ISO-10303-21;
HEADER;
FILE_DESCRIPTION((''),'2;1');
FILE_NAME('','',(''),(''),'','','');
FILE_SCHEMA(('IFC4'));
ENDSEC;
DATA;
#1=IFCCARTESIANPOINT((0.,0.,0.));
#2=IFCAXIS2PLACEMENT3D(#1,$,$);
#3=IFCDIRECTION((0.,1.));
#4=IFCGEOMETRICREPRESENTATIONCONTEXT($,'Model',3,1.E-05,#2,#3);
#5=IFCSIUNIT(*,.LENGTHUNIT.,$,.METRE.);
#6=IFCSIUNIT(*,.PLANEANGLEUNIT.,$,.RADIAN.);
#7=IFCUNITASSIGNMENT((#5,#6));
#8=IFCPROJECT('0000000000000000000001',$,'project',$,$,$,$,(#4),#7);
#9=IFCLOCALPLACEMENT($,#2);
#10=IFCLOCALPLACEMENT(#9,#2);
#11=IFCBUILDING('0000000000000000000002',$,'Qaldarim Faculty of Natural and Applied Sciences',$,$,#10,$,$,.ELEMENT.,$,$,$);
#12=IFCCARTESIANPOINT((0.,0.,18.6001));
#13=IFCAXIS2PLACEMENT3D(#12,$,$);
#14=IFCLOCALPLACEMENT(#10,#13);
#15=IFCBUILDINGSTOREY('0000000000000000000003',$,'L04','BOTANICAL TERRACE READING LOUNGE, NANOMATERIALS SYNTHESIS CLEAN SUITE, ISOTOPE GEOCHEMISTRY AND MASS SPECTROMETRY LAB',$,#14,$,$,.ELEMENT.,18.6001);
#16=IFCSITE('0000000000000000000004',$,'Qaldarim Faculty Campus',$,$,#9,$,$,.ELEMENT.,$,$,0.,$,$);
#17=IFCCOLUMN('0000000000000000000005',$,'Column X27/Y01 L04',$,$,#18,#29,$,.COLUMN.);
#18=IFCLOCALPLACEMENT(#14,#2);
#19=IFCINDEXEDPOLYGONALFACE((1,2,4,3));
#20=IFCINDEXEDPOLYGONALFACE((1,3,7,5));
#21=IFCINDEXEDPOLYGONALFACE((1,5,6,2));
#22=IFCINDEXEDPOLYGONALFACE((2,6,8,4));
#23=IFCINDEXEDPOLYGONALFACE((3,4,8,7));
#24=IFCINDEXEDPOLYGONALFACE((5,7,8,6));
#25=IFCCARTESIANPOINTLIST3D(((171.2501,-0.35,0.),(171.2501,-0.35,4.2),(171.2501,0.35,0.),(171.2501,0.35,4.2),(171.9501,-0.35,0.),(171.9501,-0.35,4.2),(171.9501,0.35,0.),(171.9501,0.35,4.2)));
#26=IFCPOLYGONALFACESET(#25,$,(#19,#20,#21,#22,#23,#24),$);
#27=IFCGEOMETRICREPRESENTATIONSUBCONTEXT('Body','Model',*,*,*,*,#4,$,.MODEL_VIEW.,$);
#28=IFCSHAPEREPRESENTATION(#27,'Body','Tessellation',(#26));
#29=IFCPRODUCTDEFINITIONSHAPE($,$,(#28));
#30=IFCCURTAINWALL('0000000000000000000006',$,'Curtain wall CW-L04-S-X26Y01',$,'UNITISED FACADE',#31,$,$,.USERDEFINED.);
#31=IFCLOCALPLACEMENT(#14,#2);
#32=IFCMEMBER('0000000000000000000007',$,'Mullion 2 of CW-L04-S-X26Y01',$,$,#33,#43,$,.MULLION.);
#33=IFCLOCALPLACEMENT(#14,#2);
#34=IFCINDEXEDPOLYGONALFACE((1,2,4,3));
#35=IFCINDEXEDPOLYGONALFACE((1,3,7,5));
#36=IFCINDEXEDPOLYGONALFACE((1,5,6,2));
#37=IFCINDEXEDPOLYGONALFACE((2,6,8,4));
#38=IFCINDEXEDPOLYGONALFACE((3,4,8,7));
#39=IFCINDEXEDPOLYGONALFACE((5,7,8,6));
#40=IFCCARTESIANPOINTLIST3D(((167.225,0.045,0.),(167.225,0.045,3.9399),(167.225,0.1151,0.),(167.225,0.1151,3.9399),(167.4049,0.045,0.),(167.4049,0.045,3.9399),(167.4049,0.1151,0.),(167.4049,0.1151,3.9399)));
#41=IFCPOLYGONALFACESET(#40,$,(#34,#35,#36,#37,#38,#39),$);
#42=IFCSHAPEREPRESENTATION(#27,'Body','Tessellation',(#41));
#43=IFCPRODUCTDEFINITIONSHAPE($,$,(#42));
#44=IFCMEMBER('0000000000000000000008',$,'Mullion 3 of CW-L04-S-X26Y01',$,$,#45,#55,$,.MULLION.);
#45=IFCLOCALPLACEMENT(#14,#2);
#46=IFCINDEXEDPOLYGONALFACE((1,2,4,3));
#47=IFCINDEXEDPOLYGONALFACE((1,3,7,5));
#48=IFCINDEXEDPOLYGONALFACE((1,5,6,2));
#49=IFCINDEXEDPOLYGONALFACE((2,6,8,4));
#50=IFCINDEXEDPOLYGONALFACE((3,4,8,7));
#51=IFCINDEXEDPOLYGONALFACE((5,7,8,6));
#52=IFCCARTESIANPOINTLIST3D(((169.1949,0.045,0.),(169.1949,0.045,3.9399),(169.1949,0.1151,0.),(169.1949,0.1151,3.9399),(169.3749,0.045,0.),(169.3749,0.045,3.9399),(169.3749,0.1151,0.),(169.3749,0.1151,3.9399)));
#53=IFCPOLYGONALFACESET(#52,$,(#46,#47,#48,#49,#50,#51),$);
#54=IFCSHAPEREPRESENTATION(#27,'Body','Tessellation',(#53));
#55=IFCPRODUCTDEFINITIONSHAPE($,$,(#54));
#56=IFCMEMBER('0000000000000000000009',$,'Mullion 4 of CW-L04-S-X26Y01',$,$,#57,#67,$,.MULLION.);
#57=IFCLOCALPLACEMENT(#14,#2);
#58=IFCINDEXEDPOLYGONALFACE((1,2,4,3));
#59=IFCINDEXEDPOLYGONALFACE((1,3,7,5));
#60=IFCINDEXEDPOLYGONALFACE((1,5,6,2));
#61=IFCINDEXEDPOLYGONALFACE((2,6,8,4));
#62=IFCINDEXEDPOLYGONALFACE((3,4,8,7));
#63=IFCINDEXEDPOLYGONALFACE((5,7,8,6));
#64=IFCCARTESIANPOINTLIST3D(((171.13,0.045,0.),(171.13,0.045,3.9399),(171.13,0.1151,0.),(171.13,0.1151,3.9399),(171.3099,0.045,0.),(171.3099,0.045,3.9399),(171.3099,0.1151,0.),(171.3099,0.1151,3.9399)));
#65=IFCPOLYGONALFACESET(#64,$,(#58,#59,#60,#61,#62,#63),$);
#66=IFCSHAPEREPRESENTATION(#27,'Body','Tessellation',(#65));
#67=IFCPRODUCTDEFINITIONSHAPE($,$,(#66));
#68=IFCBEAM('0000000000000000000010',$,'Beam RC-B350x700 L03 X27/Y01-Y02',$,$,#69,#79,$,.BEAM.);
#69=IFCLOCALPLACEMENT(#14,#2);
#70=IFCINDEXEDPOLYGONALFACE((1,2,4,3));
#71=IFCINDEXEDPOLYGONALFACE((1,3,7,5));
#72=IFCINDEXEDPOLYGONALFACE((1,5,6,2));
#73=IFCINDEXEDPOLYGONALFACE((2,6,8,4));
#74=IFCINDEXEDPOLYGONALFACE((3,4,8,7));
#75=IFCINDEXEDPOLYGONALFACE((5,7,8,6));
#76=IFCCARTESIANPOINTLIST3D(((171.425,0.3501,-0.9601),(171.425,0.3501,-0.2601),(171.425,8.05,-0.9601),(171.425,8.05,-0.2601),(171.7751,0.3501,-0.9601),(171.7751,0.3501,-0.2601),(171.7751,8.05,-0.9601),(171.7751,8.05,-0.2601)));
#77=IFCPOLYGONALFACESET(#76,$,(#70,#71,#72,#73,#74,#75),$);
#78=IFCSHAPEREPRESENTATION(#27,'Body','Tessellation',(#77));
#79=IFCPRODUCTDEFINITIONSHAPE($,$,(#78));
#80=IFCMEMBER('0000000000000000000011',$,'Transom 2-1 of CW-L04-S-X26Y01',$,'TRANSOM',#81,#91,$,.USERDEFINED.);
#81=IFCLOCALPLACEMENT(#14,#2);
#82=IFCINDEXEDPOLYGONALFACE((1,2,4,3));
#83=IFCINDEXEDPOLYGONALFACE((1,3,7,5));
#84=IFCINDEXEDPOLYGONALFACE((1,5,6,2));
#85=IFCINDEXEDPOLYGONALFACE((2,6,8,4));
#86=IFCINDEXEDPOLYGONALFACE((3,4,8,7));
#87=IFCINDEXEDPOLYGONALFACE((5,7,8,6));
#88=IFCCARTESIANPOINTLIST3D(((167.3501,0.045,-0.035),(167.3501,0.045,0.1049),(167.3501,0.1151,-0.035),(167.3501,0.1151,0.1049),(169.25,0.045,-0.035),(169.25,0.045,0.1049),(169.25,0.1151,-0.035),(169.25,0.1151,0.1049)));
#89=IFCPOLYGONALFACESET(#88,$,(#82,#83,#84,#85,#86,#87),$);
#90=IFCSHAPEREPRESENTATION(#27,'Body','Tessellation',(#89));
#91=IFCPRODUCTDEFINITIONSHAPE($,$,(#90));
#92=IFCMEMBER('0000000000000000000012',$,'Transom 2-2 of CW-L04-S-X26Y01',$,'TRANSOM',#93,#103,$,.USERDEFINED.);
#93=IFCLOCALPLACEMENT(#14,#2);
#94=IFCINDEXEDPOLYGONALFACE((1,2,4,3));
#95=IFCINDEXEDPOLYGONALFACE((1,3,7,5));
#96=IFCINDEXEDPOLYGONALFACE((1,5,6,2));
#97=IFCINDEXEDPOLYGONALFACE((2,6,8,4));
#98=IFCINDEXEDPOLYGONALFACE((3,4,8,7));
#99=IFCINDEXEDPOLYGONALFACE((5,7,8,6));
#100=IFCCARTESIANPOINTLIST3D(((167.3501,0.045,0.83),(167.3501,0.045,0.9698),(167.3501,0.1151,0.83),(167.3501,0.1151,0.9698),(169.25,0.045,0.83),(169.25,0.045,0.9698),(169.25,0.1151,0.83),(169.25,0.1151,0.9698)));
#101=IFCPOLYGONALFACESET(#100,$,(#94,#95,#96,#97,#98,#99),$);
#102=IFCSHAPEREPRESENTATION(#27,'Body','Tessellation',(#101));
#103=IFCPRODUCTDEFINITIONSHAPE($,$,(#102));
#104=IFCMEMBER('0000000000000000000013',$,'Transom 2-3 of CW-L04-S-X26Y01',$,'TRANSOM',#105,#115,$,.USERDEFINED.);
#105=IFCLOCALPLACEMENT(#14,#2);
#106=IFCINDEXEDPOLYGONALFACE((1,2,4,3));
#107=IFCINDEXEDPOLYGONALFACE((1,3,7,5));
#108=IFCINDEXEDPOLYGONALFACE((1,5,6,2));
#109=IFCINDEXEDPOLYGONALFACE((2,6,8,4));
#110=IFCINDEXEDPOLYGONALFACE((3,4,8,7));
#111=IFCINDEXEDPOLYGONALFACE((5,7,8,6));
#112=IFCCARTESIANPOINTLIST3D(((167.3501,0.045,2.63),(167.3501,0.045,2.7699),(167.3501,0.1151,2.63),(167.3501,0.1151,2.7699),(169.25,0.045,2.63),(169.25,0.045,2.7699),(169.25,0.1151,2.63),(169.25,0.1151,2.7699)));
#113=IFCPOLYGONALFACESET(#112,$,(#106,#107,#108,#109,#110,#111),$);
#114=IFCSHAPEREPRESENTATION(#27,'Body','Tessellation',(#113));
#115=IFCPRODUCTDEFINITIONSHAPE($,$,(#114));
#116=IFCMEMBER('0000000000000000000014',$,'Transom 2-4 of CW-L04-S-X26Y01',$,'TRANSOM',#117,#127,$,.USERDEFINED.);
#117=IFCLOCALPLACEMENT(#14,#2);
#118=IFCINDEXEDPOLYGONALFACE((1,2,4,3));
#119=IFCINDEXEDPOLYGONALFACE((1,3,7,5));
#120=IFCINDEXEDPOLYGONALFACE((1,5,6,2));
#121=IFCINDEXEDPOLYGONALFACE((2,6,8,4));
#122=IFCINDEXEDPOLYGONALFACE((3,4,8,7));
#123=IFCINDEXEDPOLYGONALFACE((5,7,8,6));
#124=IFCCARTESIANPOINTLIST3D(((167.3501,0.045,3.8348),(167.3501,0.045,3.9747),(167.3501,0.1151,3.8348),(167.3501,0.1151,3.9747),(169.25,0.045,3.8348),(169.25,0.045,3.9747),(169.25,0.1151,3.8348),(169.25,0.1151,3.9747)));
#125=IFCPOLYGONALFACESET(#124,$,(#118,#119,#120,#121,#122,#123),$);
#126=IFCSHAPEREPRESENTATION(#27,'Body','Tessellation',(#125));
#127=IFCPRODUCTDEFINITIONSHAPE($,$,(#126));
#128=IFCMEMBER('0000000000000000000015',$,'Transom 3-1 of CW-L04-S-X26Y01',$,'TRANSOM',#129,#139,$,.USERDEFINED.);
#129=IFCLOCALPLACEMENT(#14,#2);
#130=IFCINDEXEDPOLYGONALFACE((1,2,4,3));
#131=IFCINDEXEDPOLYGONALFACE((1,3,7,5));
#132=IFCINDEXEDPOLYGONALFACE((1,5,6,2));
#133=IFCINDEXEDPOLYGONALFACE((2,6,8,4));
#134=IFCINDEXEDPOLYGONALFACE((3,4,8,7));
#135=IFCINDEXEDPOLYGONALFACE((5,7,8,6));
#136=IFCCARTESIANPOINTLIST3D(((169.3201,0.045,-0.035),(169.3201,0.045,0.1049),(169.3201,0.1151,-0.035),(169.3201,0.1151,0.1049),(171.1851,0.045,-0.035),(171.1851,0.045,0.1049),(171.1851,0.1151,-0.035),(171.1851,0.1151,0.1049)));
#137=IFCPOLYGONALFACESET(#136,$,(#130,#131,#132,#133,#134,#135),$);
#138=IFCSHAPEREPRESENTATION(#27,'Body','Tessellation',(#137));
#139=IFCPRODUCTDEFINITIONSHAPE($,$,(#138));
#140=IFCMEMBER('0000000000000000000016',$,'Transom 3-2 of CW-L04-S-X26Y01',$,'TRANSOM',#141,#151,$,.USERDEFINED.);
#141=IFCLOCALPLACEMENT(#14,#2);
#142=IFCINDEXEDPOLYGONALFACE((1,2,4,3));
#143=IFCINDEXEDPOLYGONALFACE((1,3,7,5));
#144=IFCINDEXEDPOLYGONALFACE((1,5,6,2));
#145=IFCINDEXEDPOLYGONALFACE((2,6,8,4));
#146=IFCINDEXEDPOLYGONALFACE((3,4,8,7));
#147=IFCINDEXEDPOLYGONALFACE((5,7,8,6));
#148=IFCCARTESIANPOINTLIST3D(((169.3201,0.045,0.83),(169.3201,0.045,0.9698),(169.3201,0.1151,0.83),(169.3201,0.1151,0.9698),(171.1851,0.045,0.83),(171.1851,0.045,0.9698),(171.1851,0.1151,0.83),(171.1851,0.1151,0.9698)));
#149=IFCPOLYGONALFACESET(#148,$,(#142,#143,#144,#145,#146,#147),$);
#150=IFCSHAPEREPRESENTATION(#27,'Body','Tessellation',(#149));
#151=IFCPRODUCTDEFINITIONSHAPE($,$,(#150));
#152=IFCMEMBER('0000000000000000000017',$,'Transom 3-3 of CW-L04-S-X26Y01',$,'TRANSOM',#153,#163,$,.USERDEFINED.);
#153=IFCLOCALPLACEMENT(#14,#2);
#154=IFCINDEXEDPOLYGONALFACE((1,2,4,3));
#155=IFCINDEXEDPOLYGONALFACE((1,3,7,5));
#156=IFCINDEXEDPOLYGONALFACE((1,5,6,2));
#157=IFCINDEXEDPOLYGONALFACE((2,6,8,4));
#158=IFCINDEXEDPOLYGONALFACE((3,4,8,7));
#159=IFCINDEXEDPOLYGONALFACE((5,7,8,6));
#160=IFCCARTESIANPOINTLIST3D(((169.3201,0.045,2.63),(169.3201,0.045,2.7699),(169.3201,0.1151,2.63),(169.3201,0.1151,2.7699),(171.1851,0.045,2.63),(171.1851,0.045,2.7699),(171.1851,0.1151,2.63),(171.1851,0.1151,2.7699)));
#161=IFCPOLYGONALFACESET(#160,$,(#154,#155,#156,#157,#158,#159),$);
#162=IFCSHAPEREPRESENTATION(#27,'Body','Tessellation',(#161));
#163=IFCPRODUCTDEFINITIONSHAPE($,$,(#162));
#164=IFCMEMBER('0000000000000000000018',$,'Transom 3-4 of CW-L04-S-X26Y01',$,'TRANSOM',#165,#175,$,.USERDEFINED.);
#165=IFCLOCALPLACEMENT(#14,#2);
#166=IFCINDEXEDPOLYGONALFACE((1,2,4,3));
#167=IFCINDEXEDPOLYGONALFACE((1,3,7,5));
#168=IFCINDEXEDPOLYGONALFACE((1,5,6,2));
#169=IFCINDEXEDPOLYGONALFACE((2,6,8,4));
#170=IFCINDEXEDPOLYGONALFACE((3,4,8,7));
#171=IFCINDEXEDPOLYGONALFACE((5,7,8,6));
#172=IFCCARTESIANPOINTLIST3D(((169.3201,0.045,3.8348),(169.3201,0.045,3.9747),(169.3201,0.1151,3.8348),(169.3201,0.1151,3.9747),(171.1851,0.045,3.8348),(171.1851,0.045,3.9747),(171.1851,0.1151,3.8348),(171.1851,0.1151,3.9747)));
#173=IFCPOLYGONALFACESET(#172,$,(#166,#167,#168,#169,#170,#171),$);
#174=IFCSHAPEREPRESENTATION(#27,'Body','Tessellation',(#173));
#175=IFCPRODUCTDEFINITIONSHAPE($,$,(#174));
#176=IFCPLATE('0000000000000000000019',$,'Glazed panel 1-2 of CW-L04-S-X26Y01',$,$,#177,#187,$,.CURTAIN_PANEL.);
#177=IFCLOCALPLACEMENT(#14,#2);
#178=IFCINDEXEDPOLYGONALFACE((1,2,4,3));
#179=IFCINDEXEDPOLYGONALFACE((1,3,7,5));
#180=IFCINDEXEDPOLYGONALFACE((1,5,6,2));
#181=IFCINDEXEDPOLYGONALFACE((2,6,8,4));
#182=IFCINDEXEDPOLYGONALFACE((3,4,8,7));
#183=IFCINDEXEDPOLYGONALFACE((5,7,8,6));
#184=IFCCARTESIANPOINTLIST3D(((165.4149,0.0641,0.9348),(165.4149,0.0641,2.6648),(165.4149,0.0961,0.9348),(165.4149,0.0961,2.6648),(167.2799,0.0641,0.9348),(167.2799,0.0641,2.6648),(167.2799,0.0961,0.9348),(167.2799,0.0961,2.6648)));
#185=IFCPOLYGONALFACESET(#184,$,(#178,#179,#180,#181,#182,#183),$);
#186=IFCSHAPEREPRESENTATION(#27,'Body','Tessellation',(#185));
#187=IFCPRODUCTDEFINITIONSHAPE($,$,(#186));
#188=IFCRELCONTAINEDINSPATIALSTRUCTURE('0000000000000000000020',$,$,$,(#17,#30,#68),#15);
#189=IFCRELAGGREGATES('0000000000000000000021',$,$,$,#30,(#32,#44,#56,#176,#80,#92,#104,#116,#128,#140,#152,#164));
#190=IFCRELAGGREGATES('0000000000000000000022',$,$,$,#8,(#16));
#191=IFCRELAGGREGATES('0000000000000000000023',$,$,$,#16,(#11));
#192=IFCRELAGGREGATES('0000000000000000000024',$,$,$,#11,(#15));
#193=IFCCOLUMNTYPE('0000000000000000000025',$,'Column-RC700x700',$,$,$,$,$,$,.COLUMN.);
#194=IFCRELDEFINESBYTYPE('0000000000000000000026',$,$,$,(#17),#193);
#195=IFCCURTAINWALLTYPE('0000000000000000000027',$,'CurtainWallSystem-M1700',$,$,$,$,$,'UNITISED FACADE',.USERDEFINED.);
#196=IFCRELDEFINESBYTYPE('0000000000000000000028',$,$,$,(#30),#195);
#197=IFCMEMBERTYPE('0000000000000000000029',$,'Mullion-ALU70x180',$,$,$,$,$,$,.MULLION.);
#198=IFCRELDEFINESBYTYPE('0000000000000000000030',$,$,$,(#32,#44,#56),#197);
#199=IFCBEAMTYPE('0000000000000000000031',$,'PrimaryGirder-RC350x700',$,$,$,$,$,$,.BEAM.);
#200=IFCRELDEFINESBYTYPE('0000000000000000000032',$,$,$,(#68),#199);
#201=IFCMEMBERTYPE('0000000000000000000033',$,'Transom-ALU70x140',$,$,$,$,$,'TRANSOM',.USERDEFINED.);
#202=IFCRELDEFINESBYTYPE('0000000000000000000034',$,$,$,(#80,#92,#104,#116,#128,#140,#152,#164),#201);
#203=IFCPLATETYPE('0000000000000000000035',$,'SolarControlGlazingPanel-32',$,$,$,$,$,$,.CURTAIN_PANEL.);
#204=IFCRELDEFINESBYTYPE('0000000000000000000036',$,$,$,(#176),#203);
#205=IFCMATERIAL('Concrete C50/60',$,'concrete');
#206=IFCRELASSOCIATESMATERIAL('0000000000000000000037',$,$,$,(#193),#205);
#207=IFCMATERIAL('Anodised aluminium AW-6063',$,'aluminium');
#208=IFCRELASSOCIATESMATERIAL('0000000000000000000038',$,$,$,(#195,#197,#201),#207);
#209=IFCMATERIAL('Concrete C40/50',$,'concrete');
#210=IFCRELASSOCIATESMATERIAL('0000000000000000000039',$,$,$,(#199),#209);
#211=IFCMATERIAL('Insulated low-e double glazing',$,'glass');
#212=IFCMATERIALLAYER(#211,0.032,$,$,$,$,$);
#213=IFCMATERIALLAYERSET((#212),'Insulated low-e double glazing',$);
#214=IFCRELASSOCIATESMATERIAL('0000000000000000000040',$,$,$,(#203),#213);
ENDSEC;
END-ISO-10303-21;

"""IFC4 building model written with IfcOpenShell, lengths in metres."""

from ifc_helpers import new_model, si_unit, direction, frame, origin, origin_2d, place, context, subcontext, project, spatial, rectangle, extrude, material, layer, layer_set, material_profile, profile_set, type_object, element, aggregate, save


model = new_model("IFC4")

# Units and contexts
model_context = context("Model", 3, precision=1e-05, world=origin(), true_north=direction((0.0, 1.0)))
body_context = subcontext(model_context, "Body", "Model", "MODEL_VIEW")
ifc_project = project(units=[si_unit("LENGTHUNIT", "METRE"), si_unit("PLANEANGLEUNIT", "RADIAN")], contexts=[model_context])

# Site, building, storey
site_placement = place(None, origin())
site = spatial("IfcSite", under=ifc_project, at=site_placement, Name="Qaldarim Faculty Campus", CompositionType="ELEMENT", RefElevation=0.0)
building_placement = place(site_placement, origin())
building = spatial("IfcBuilding", under=site, at=building_placement, Name="Qaldarim Faculty of Natural and Applied Sciences", CompositionType="ELEMENT")
storey_placement = place(building_placement, frame((0.0, 0.0, 18.6001)))
storey = spatial("IfcBuildingStorey", under=building, at=storey_placement, Name="L04", Description="BOTANICAL TERRACE READING LOUNGE, NANOMATERIALS SYNTHESIS CLEAN SUITE, ISOTOPE GEOCHEMISTRY AND MASS SPECTROMETRY LAB", CompositionType="ELEMENT", Elevation=18.6001)

# Column
ifc_material_1 = material(Name="Concrete C50/60", Category="concrete")
ifc_material_profile_1 = material_profile(ifc_material_1, rectangle(XDim=0.7, YDim=0.7, at=origin_2d()), Name="RC-C700x700")
ifc_profile_set_1 = profile_set([ifc_material_profile_1], Name="Concrete C50/60")
column_type = type_object("IfcColumnType", Name="Column-RC700x700", PredefinedType="COLUMN", material=ifc_profile_set_1)
column_placement = place(storey_placement, frame((171.6001, 0.0, 0.0), z_axis=(0.0, 0.0, 1.0), x_axis=(1.0, 0.0, 0.0)))
element("IfcColumn", 1, at=column_placement, inside=storey, type_object=column_type, Name="Column X27/Y01 L04", PredefinedType="COLUMN", context=body_context, shape_type="SweptSolid", body=[
    extrude(rectangle(XDim=0.7, YDim=0.7, at=origin_2d()), origin(), (0.0, 0.0, 1.0), 4.2),
])

# Curtain wall, members
ifc_material_2 = material(Name="Anodised aluminium AW-6063", Category="aluminium")
curtain_wall_type = type_object("IfcCurtainWallType", Name="CurtainWallSystem-M1700", ElementType="UNITISED FACADE", PredefinedType="USERDEFINED", material=ifc_material_2)
curtain_wall_placement = place(storey_placement, origin())
curtain_wall = element("IfcCurtainWall", 2, at=curtain_wall_placement, inside=storey, type_object=curtain_wall_type, Name="Curtain wall CW-L04-S-X26Y01", ObjectType="UNITISED FACADE", PredefinedType="USERDEFINED")
ifc_material_profile_2 = material_profile(ifc_material_2, rectangle(XDim=0.0701, YDim=0.1799, at=origin_2d()), Name="ALU-M70x180")
ifc_profile_set_2 = profile_set([ifc_material_profile_2], Name="Anodised aluminium AW-6063")
member_type_1 = type_object("IfcMemberType", Name="Mullion-ALU70x180", PredefinedType="MULLION", material=ifc_profile_set_2)
member_1_placement = place(storey_placement, frame((167.3149, 0.0801, 0.0), z_axis=(0.0, 0.0, 1.0), x_axis=(0.0, 1.0, 0.0)))
member_1 = element("IfcMember", 3, at=member_1_placement, type_object=member_type_1, Name="Mullion 2 of CW-L04-S-X26Y01", PredefinedType="MULLION", context=body_context, shape_type="SweptSolid", body=[
    extrude(rectangle(XDim=0.0701, YDim=0.1799, at=origin_2d()), origin(), (0.0, 0.0, 1.0), 3.9399),
])
member_2_placement = place(storey_placement, frame((169.2849, 0.0801, 0.0), z_axis=(0.0, 0.0, 1.0), x_axis=(0.0, 1.0, 0.0)))
member_2 = element("IfcMember", 4, at=member_2_placement, type_object=member_type_1, Name="Mullion 3 of CW-L04-S-X26Y01", PredefinedType="MULLION", context=body_context, shape_type="SweptSolid", body=[
    extrude(rectangle(XDim=0.0701, YDim=0.1799, at=origin_2d()), origin(), (0.0, 0.0, 1.0), 3.9399),
])
member_3_placement = place(storey_placement, frame((171.22, 0.0801, 0.0), z_axis=(0.0, 0.0, 1.0), x_axis=(0.0, 1.0, 0.0)))
member_3 = element("IfcMember", 5, at=member_3_placement, type_object=member_type_1, Name="Mullion 4 of CW-L04-S-X26Y01", PredefinedType="MULLION", context=body_context, shape_type="SweptSolid", body=[
    extrude(rectangle(XDim=0.0701, YDim=0.1799, at=origin_2d()), origin(), (0.0, 0.0, 1.0), 3.9399),
])

# Beam
ifc_material_3 = material(Name="Concrete C40/50", Category="concrete")
ifc_material_profile_3 = material_profile(ifc_material_3, rectangle(XDim=0.3501, YDim=0.7, at=origin_2d()), Name="RC-B350x700")
ifc_profile_set_3 = profile_set([ifc_material_profile_3], Name="Concrete C40/50")
beam_type = type_object("IfcBeamType", Name="PrimaryGirder-RC350x700", PredefinedType="BEAM", material=ifc_profile_set_3)
beam_placement = place(storey_placement, frame((171.6001, 0.3501, -0.6101), z_axis=(0.0, 1.0, 0.0), x_axis=(-1.0, 0.0, 0.0)))
element("IfcBeam", 6, at=beam_placement, inside=storey, type_object=beam_type, Name="Beam RC-B350x700 L03 X27/Y01-Y02", PredefinedType="BEAM", context=body_context, shape_type="SweptSolid", body=[
    extrude(rectangle(XDim=0.3501, YDim=0.7, at=origin_2d()), origin(), (0.0, 0.0, 1.0), 7.7),
])

# Members
ifc_material_profile_4 = material_profile(ifc_material_2, rectangle(XDim=0.0701, YDim=0.1399, at=origin_2d()), Name="ALU-T70x140")
ifc_profile_set_4 = profile_set([ifc_material_profile_4], Name="Anodised aluminium AW-6063")
member_type_2 = type_object("IfcMemberType", Name="Transom-ALU70x140", ElementType="TRANSOM", PredefinedType="USERDEFINED", material=ifc_profile_set_4)
member_4_placement = place(storey_placement, frame((167.3501, 0.0801, 0.0349), z_axis=(1.0, 0.0, 0.0), x_axis=(0.0, 1.0, 0.0)))
member_4 = element("IfcMember", 7, at=member_4_placement, type_object=member_type_2, Name="Transom 2-1 of CW-L04-S-X26Y01", ObjectType="TRANSOM", PredefinedType="USERDEFINED", context=body_context, shape_type="SweptSolid", body=[
    extrude(rectangle(XDim=0.0701, YDim=0.1399, at=origin_2d()), origin(), (0.0, 0.0, 1.0), 1.8999),
])
member_5_placement = place(storey_placement, frame((167.3501, 0.0801, 0.8999), z_axis=(1.0, 0.0, 0.0), x_axis=(0.0, 1.0, 0.0)))
member_5 = element("IfcMember", 8, at=member_5_placement, type_object=member_type_2, Name="Transom 2-2 of CW-L04-S-X26Y01", ObjectType="TRANSOM", PredefinedType="USERDEFINED", context=body_context, shape_type="SweptSolid", body=[
    extrude(rectangle(XDim=0.0701, YDim=0.1399, at=origin_2d()), origin(), (0.0, 0.0, 1.0), 1.8999),
])
member_6_placement = place(storey_placement, frame((167.3501, 0.0801, 2.7), z_axis=(1.0, 0.0, 0.0), x_axis=(0.0, 1.0, 0.0)))
member_6 = element("IfcMember", 9, at=member_6_placement, type_object=member_type_2, Name="Transom 2-3 of CW-L04-S-X26Y01", ObjectType="TRANSOM", PredefinedType="USERDEFINED", context=body_context, shape_type="SweptSolid", body=[
    extrude(rectangle(XDim=0.0701, YDim=0.1399, at=origin_2d()), origin(), (0.0, 0.0, 1.0), 1.8999),
])
member_7_placement = place(storey_placement, frame((167.3501, 0.0801, 3.9048), z_axis=(1.0, 0.0, 0.0), x_axis=(0.0, 1.0, 0.0)))
member_7 = element("IfcMember", 10, at=member_7_placement, type_object=member_type_2, Name="Transom 2-4 of CW-L04-S-X26Y01", ObjectType="TRANSOM", PredefinedType="USERDEFINED", context=body_context, shape_type="SweptSolid", body=[
    extrude(rectangle(XDim=0.0701, YDim=0.1399, at=origin_2d()), origin(), (0.0, 0.0, 1.0), 1.8999),
])
member_8_placement = place(storey_placement, frame((169.3201, 0.0801, 0.0349), z_axis=(1.0, 0.0, 0.0), x_axis=(0.0, 1.0, 0.0)))
member_8 = element("IfcMember", 11, at=member_8_placement, type_object=member_type_2, Name="Transom 3-1 of CW-L04-S-X26Y01", ObjectType="TRANSOM", PredefinedType="USERDEFINED", context=body_context, shape_type="SweptSolid", body=[
    extrude(rectangle(XDim=0.0701, YDim=0.1399, at=origin_2d()), origin(), (0.0, 0.0, 1.0), 1.865),
])
member_9_placement = place(storey_placement, frame((169.3201, 0.0801, 0.8999), z_axis=(1.0, 0.0, 0.0), x_axis=(0.0, 1.0, 0.0)))
member_9 = element("IfcMember", 12, at=member_9_placement, type_object=member_type_2, Name="Transom 3-2 of CW-L04-S-X26Y01", ObjectType="TRANSOM", PredefinedType="USERDEFINED", context=body_context, shape_type="SweptSolid", body=[
    extrude(rectangle(XDim=0.0701, YDim=0.1399, at=origin_2d()), origin(), (0.0, 0.0, 1.0), 1.865),
])
member_10_placement = place(storey_placement, frame((169.3201, 0.0801, 2.7), z_axis=(1.0, 0.0, 0.0), x_axis=(0.0, 1.0, 0.0)))
member_10 = element("IfcMember", 13, at=member_10_placement, type_object=member_type_2, Name="Transom 3-3 of CW-L04-S-X26Y01", ObjectType="TRANSOM", PredefinedType="USERDEFINED", context=body_context, shape_type="SweptSolid", body=[
    extrude(rectangle(XDim=0.0701, YDim=0.1399, at=origin_2d()), origin(), (0.0, 0.0, 1.0), 1.865),
])
member_11_placement = place(storey_placement, frame((169.3201, 0.0801, 3.9048), z_axis=(1.0, 0.0, 0.0), x_axis=(0.0, 1.0, 0.0)))
member_11 = element("IfcMember", 14, at=member_11_placement, type_object=member_type_2, Name="Transom 3-4 of CW-L04-S-X26Y01", ObjectType="TRANSOM", PredefinedType="USERDEFINED", context=body_context, shape_type="SweptSolid", body=[
    extrude(rectangle(XDim=0.0701, YDim=0.1399, at=origin_2d()), origin(), (0.0, 0.0, 1.0), 1.865),
])

# Plate
ifc_material_4 = material(Name="Insulated low-e double glazing", Category="glass")
ifc_layer_1 = layer(ifc_material_4, 0.032)
ifc_layer_set_1 = layer_set([ifc_layer_1], Name="Insulated low-e double glazing")
plate_type = type_object("IfcPlateType", Name="SolarControlGlazingPanel-32", PredefinedType="CURTAIN_PANEL", material=ifc_layer_set_1)
plate_1_placement = place(storey_placement, frame((166.3474, 0.0801, 0.9348), z_axis=(0.0, 0.0, 1.0), x_axis=(1.0, 0.0, 0.0)))
plate_1 = element("IfcPlate", 15, at=plate_1_placement, type_object=plate_type, Name="Glazed panel 1-2 of CW-L04-S-X26Y01", PredefinedType="CURTAIN_PANEL", context=body_context, shape_type="SweptSolid", body=[
    extrude(rectangle(XDim=1.865, YDim=0.032, at=origin_2d()), origin(), (0.0, 0.0, 1.0), 1.73),
])
aggregate(curtain_wall, [member_1, member_2, member_3, plate_1, member_4, member_5, member_6, member_7, member_8, member_9, member_10, member_11])

save(model, "model.ifc")
